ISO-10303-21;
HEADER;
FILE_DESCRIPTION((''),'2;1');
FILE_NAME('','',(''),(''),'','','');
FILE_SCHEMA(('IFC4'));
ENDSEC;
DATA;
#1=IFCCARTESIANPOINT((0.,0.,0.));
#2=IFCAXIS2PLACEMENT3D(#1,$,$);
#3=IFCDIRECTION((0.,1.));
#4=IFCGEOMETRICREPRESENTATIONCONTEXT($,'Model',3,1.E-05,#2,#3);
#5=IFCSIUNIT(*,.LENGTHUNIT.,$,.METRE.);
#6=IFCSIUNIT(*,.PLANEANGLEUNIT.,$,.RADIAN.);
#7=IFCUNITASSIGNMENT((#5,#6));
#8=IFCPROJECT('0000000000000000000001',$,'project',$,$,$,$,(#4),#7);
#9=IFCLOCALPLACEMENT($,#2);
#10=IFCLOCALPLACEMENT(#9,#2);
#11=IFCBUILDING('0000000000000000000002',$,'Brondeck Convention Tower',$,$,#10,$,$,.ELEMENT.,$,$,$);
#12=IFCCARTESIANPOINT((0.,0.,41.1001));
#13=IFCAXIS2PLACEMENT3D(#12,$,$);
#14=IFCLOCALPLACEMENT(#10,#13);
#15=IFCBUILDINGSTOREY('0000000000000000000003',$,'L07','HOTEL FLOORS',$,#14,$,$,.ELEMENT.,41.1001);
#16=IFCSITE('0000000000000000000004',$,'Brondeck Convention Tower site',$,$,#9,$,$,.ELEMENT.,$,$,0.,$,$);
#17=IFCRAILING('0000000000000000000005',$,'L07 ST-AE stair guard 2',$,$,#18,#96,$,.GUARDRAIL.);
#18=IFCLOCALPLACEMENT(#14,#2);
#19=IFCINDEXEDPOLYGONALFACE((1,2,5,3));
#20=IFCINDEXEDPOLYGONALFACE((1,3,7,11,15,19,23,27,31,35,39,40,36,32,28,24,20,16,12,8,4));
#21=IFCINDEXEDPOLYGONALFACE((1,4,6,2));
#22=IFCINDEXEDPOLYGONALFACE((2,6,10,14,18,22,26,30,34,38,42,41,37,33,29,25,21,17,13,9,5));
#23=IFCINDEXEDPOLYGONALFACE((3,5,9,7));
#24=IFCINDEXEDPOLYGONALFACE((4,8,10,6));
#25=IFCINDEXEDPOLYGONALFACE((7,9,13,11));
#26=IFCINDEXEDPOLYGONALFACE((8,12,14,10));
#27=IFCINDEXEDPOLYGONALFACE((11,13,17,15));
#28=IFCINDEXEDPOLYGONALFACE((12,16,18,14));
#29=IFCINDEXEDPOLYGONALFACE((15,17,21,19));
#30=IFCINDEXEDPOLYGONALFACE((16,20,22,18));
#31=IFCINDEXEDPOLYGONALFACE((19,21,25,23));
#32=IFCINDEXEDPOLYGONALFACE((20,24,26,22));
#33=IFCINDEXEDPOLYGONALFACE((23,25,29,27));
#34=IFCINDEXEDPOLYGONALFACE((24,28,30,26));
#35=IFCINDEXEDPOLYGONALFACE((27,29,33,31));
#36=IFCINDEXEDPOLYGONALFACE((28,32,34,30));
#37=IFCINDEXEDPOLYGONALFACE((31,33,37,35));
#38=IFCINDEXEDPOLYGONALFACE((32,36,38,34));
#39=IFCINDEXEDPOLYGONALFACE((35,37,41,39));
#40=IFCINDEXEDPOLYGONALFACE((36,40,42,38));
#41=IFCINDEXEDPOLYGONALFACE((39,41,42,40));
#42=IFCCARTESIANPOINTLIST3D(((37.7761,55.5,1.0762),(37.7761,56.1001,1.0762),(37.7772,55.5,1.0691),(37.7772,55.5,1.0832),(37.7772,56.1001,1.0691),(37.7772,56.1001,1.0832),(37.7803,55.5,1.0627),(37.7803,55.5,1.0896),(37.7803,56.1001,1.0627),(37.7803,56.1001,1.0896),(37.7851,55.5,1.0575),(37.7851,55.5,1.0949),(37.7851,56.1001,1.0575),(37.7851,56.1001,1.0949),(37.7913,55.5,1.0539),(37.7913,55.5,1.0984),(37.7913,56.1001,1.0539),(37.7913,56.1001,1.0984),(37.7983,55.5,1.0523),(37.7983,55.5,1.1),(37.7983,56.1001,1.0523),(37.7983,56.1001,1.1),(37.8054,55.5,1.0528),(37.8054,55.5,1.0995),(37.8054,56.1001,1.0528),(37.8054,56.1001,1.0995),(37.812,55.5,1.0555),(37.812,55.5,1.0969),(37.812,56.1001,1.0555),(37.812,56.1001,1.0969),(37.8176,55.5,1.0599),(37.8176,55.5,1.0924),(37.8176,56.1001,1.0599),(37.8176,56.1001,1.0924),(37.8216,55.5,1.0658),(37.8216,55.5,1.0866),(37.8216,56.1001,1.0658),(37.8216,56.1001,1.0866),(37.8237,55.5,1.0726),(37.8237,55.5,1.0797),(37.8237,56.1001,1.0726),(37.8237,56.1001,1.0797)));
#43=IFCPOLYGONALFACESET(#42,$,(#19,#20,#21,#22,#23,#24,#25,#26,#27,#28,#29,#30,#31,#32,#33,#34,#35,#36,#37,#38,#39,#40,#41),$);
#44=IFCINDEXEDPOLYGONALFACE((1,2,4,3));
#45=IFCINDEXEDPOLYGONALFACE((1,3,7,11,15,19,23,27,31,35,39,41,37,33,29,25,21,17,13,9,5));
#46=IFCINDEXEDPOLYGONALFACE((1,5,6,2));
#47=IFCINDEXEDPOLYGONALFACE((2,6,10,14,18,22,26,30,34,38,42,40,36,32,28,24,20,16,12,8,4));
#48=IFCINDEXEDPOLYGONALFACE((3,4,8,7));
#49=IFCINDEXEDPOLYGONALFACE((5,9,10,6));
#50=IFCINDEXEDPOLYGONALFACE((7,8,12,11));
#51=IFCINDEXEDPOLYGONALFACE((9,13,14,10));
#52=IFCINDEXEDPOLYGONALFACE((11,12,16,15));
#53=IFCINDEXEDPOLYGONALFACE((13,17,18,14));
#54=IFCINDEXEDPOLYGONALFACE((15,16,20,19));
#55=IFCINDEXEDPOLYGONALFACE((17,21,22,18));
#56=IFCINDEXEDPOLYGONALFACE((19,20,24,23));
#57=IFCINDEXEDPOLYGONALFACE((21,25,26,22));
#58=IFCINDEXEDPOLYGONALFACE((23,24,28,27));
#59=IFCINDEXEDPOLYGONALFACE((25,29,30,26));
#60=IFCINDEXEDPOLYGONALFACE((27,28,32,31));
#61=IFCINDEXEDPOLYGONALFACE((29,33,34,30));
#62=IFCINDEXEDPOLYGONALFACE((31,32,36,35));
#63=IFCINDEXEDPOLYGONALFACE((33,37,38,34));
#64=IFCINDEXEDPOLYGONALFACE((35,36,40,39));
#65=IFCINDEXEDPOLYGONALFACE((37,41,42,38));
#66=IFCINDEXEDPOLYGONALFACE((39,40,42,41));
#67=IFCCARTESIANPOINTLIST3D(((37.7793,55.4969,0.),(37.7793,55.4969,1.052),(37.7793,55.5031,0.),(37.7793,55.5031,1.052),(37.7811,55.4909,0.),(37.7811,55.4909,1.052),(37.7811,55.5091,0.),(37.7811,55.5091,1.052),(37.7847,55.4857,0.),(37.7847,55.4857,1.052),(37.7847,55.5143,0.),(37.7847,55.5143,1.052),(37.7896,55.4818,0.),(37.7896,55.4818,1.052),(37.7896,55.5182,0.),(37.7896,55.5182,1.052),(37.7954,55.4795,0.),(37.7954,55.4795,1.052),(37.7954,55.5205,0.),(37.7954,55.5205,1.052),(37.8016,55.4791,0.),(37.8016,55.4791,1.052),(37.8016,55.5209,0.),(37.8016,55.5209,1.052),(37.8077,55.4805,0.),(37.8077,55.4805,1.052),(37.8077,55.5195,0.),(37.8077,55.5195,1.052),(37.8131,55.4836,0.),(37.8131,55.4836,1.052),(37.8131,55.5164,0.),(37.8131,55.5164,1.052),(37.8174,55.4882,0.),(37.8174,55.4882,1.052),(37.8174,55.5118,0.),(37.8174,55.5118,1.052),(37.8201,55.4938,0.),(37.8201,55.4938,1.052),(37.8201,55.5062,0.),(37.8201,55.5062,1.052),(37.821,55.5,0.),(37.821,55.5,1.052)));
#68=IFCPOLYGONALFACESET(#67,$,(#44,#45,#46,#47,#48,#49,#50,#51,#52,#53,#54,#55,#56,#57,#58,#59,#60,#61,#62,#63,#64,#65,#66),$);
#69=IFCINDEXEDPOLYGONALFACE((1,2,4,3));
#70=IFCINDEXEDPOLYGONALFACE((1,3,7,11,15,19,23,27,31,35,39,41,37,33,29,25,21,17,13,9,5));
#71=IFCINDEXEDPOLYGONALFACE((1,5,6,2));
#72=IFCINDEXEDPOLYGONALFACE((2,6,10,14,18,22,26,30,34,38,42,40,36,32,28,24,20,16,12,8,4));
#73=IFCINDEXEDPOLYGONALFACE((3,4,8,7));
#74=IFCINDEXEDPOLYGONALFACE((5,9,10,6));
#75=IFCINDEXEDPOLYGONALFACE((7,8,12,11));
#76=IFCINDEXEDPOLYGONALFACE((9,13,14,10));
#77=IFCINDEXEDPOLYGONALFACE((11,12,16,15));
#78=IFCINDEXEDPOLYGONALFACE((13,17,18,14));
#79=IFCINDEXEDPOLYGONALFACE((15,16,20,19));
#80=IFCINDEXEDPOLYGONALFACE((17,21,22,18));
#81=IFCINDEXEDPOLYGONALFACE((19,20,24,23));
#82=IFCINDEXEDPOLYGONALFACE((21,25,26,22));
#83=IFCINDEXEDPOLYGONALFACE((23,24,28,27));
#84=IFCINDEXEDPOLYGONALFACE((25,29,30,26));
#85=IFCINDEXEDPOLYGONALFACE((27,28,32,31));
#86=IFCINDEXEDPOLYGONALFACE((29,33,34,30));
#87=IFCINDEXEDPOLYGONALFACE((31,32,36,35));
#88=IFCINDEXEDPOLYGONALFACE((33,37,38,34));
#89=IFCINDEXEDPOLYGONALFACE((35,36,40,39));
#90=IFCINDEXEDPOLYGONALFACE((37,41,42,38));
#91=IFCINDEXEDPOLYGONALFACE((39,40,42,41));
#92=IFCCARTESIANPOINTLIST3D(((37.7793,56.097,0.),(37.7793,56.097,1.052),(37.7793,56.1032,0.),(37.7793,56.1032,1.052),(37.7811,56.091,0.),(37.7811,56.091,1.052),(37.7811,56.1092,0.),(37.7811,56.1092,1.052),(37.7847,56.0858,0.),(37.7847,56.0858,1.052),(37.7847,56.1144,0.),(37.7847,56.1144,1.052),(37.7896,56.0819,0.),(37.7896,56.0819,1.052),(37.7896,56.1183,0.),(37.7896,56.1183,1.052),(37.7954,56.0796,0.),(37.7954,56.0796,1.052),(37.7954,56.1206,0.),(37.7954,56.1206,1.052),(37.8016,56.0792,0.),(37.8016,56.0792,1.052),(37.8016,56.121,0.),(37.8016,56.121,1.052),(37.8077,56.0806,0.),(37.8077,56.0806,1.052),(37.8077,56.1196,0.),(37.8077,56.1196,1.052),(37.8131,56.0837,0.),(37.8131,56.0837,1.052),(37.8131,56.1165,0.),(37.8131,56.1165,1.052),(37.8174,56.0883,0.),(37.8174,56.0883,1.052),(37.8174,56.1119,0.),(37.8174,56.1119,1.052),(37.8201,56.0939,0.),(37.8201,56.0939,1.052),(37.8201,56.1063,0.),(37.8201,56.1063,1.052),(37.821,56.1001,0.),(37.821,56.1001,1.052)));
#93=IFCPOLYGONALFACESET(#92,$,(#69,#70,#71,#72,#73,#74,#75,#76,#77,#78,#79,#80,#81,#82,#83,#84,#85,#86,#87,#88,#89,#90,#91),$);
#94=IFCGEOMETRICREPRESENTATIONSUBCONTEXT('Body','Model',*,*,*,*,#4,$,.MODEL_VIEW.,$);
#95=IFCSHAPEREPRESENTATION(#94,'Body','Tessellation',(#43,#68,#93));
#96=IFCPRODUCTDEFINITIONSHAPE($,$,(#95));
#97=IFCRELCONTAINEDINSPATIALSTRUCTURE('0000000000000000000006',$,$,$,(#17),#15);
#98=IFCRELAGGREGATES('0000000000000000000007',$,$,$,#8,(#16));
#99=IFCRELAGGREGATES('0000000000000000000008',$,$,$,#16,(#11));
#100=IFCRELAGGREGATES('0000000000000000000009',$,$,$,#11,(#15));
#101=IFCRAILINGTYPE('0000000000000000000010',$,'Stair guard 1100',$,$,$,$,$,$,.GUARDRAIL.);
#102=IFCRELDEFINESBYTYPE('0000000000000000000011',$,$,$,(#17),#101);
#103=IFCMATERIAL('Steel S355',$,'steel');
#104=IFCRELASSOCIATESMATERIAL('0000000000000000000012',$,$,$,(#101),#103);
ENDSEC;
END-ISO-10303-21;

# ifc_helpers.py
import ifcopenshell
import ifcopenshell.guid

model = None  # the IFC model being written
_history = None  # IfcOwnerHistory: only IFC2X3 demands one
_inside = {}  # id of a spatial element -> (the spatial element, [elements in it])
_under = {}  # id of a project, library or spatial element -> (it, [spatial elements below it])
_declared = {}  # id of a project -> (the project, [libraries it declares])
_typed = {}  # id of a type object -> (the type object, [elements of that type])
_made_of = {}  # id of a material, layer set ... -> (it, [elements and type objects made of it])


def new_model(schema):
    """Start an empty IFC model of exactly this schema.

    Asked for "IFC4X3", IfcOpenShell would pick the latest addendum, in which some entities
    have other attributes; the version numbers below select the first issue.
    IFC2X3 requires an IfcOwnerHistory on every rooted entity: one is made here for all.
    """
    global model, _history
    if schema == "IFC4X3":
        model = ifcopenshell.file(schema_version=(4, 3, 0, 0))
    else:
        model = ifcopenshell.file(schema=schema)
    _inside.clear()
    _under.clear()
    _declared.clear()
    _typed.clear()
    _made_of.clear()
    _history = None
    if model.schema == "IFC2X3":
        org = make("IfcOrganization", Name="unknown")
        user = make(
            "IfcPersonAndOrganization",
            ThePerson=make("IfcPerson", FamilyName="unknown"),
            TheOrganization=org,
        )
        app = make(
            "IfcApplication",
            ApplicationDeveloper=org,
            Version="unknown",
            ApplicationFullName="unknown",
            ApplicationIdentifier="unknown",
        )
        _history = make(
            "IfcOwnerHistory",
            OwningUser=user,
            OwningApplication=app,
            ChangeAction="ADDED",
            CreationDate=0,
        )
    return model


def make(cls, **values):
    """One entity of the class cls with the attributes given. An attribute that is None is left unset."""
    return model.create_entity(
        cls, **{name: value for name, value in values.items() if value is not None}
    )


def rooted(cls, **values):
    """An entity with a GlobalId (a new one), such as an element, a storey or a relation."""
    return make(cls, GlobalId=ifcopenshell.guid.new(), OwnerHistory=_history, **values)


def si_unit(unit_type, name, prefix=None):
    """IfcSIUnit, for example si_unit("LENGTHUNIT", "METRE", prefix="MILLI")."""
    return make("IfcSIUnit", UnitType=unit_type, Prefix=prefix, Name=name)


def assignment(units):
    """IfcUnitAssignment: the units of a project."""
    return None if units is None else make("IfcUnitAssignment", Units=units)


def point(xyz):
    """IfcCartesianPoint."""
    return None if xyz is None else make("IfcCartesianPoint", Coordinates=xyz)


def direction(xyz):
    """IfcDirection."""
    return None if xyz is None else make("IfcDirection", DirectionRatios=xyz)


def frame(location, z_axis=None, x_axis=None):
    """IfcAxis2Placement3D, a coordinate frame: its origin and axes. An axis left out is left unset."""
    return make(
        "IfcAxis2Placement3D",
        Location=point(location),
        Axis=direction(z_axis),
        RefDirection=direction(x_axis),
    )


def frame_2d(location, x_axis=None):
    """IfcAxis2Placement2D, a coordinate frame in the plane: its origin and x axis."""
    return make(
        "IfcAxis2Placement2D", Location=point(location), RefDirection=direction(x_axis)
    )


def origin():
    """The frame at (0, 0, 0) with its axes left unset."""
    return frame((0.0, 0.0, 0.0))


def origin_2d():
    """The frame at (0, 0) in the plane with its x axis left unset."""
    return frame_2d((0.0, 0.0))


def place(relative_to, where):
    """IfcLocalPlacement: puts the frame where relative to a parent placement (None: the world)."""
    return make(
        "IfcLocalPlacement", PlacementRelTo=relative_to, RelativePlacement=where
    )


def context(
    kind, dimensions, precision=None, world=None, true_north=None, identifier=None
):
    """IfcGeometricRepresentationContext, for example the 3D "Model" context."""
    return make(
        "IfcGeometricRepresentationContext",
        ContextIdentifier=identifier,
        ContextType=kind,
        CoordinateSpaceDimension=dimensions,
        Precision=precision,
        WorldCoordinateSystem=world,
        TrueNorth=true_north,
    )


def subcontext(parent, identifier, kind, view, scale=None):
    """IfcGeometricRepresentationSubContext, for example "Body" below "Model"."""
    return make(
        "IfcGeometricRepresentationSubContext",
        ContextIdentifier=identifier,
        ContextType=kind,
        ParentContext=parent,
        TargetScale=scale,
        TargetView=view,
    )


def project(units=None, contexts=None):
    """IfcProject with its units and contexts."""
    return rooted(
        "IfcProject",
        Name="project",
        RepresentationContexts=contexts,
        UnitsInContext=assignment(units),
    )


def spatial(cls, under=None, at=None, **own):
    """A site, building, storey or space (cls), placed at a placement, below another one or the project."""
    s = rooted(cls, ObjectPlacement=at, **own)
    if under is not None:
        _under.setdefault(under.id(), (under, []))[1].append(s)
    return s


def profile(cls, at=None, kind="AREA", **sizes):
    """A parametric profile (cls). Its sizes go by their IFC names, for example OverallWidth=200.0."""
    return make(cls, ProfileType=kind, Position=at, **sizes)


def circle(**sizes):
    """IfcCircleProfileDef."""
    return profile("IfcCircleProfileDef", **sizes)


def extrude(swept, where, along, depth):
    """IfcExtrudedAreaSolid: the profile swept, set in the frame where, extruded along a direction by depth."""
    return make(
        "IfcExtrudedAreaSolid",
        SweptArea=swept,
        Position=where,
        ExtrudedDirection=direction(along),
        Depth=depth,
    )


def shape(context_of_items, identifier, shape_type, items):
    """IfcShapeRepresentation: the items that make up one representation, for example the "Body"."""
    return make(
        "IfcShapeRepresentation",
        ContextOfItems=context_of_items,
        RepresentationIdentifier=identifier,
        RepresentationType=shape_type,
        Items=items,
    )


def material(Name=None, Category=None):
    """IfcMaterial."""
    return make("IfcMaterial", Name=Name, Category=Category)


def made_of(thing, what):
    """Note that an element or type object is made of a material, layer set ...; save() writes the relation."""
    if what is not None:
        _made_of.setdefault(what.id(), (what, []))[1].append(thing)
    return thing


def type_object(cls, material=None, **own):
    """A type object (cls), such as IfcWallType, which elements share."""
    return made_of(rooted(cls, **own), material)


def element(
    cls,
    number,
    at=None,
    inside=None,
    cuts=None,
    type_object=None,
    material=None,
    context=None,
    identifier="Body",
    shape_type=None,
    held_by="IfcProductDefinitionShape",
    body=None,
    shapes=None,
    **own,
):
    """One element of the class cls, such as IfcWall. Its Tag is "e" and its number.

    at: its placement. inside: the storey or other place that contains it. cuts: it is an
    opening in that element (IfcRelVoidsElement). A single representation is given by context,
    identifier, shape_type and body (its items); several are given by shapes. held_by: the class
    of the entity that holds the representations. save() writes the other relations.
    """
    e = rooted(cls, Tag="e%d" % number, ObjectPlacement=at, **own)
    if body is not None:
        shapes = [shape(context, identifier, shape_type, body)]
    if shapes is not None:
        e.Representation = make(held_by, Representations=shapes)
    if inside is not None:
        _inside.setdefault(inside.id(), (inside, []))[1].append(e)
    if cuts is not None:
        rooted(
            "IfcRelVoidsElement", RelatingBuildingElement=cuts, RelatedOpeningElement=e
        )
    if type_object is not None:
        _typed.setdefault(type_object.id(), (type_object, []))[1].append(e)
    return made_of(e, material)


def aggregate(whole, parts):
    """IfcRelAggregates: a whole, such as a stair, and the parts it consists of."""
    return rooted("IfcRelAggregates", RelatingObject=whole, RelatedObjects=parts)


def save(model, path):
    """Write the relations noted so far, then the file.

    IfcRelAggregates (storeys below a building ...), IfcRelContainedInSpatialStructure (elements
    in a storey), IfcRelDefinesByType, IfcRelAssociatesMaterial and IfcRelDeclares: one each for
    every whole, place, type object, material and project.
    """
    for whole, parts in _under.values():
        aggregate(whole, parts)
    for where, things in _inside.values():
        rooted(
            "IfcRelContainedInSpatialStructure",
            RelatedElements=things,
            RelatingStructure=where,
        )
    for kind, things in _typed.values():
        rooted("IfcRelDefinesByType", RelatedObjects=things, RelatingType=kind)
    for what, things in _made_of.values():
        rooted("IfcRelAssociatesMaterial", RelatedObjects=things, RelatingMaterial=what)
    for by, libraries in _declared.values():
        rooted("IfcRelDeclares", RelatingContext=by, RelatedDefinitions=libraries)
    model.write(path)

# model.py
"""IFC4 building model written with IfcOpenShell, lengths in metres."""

from ifc_helpers import new_model, si_unit, direction, frame, origin, origin_2d, place, context, subcontext, project, spatial, circle, extrude, material, type_object, element, save


model = new_model("IFC4")

# Units and contexts
model_context = context("Model", 3, precision=1e-05, world=origin(), true_north=direction((0.0, 1.0)))
body_context = subcontext(model_context, "Body", "Model", "MODEL_VIEW")
ifc_project = project(units=[si_unit("LENGTHUNIT", "METRE"), si_unit("PLANEANGLEUNIT", "RADIAN")], contexts=[model_context])

# Site, building, storey
site_placement = place(None, origin())
site = spatial("IfcSite", under=ifc_project, at=site_placement, Name="Brondeck Convention Tower site", CompositionType="ELEMENT", RefElevation=0.0)
building_placement = place(site_placement, origin())
building = spatial("IfcBuilding", under=site, at=building_placement, Name="Brondeck Convention Tower", CompositionType="ELEMENT")
storey_placement = place(building_placement, frame((0.0, 0.0, 41.1001)))
storey = spatial("IfcBuildingStorey", under=building, at=storey_placement, Name="L07", Description="HOTEL FLOORS", CompositionType="ELEMENT", Elevation=41.1001)

# Shared definitions
ifc_material_1 = material(Name="Steel S355", Category="steel")

# Railing
railing_type_1 = type_object("IfcRailingType", Name="Stair guard 1100", PredefinedType="GUARDRAIL", material=ifc_material_1)
railing_1_placement = place(storey_placement, frame((37.8, 55.5, 0.0)))
element("IfcRailing", 1, at=railing_1_placement, inside=storey, type_object=railing_type_1, Name="L07 ST-AE stair guard 2", PredefinedType="GUARDRAIL", context=body_context, shape_type="SweptSolid", body=[
    extrude(circle(Radius=0.0239, at=origin_2d()), frame((0.0, 0.0, 1.0762), z_axis=(0.0, 1.0, 0.0), x_axis=(-1.0, 0.0, 0.0)), (0.0, 0.0, 1.0), 0.6001),
    extrude(circle(Radius=0.021, at=origin_2d()), origin(), (0.0, 0.0, 1.0), 1.052),
    extrude(circle(Radius=0.021, at=origin_2d()), frame((0.0, 0.6001, 0.0)), (0.0, 0.0, 1.0), 1.052),
])

save(model, "model.ifc")
